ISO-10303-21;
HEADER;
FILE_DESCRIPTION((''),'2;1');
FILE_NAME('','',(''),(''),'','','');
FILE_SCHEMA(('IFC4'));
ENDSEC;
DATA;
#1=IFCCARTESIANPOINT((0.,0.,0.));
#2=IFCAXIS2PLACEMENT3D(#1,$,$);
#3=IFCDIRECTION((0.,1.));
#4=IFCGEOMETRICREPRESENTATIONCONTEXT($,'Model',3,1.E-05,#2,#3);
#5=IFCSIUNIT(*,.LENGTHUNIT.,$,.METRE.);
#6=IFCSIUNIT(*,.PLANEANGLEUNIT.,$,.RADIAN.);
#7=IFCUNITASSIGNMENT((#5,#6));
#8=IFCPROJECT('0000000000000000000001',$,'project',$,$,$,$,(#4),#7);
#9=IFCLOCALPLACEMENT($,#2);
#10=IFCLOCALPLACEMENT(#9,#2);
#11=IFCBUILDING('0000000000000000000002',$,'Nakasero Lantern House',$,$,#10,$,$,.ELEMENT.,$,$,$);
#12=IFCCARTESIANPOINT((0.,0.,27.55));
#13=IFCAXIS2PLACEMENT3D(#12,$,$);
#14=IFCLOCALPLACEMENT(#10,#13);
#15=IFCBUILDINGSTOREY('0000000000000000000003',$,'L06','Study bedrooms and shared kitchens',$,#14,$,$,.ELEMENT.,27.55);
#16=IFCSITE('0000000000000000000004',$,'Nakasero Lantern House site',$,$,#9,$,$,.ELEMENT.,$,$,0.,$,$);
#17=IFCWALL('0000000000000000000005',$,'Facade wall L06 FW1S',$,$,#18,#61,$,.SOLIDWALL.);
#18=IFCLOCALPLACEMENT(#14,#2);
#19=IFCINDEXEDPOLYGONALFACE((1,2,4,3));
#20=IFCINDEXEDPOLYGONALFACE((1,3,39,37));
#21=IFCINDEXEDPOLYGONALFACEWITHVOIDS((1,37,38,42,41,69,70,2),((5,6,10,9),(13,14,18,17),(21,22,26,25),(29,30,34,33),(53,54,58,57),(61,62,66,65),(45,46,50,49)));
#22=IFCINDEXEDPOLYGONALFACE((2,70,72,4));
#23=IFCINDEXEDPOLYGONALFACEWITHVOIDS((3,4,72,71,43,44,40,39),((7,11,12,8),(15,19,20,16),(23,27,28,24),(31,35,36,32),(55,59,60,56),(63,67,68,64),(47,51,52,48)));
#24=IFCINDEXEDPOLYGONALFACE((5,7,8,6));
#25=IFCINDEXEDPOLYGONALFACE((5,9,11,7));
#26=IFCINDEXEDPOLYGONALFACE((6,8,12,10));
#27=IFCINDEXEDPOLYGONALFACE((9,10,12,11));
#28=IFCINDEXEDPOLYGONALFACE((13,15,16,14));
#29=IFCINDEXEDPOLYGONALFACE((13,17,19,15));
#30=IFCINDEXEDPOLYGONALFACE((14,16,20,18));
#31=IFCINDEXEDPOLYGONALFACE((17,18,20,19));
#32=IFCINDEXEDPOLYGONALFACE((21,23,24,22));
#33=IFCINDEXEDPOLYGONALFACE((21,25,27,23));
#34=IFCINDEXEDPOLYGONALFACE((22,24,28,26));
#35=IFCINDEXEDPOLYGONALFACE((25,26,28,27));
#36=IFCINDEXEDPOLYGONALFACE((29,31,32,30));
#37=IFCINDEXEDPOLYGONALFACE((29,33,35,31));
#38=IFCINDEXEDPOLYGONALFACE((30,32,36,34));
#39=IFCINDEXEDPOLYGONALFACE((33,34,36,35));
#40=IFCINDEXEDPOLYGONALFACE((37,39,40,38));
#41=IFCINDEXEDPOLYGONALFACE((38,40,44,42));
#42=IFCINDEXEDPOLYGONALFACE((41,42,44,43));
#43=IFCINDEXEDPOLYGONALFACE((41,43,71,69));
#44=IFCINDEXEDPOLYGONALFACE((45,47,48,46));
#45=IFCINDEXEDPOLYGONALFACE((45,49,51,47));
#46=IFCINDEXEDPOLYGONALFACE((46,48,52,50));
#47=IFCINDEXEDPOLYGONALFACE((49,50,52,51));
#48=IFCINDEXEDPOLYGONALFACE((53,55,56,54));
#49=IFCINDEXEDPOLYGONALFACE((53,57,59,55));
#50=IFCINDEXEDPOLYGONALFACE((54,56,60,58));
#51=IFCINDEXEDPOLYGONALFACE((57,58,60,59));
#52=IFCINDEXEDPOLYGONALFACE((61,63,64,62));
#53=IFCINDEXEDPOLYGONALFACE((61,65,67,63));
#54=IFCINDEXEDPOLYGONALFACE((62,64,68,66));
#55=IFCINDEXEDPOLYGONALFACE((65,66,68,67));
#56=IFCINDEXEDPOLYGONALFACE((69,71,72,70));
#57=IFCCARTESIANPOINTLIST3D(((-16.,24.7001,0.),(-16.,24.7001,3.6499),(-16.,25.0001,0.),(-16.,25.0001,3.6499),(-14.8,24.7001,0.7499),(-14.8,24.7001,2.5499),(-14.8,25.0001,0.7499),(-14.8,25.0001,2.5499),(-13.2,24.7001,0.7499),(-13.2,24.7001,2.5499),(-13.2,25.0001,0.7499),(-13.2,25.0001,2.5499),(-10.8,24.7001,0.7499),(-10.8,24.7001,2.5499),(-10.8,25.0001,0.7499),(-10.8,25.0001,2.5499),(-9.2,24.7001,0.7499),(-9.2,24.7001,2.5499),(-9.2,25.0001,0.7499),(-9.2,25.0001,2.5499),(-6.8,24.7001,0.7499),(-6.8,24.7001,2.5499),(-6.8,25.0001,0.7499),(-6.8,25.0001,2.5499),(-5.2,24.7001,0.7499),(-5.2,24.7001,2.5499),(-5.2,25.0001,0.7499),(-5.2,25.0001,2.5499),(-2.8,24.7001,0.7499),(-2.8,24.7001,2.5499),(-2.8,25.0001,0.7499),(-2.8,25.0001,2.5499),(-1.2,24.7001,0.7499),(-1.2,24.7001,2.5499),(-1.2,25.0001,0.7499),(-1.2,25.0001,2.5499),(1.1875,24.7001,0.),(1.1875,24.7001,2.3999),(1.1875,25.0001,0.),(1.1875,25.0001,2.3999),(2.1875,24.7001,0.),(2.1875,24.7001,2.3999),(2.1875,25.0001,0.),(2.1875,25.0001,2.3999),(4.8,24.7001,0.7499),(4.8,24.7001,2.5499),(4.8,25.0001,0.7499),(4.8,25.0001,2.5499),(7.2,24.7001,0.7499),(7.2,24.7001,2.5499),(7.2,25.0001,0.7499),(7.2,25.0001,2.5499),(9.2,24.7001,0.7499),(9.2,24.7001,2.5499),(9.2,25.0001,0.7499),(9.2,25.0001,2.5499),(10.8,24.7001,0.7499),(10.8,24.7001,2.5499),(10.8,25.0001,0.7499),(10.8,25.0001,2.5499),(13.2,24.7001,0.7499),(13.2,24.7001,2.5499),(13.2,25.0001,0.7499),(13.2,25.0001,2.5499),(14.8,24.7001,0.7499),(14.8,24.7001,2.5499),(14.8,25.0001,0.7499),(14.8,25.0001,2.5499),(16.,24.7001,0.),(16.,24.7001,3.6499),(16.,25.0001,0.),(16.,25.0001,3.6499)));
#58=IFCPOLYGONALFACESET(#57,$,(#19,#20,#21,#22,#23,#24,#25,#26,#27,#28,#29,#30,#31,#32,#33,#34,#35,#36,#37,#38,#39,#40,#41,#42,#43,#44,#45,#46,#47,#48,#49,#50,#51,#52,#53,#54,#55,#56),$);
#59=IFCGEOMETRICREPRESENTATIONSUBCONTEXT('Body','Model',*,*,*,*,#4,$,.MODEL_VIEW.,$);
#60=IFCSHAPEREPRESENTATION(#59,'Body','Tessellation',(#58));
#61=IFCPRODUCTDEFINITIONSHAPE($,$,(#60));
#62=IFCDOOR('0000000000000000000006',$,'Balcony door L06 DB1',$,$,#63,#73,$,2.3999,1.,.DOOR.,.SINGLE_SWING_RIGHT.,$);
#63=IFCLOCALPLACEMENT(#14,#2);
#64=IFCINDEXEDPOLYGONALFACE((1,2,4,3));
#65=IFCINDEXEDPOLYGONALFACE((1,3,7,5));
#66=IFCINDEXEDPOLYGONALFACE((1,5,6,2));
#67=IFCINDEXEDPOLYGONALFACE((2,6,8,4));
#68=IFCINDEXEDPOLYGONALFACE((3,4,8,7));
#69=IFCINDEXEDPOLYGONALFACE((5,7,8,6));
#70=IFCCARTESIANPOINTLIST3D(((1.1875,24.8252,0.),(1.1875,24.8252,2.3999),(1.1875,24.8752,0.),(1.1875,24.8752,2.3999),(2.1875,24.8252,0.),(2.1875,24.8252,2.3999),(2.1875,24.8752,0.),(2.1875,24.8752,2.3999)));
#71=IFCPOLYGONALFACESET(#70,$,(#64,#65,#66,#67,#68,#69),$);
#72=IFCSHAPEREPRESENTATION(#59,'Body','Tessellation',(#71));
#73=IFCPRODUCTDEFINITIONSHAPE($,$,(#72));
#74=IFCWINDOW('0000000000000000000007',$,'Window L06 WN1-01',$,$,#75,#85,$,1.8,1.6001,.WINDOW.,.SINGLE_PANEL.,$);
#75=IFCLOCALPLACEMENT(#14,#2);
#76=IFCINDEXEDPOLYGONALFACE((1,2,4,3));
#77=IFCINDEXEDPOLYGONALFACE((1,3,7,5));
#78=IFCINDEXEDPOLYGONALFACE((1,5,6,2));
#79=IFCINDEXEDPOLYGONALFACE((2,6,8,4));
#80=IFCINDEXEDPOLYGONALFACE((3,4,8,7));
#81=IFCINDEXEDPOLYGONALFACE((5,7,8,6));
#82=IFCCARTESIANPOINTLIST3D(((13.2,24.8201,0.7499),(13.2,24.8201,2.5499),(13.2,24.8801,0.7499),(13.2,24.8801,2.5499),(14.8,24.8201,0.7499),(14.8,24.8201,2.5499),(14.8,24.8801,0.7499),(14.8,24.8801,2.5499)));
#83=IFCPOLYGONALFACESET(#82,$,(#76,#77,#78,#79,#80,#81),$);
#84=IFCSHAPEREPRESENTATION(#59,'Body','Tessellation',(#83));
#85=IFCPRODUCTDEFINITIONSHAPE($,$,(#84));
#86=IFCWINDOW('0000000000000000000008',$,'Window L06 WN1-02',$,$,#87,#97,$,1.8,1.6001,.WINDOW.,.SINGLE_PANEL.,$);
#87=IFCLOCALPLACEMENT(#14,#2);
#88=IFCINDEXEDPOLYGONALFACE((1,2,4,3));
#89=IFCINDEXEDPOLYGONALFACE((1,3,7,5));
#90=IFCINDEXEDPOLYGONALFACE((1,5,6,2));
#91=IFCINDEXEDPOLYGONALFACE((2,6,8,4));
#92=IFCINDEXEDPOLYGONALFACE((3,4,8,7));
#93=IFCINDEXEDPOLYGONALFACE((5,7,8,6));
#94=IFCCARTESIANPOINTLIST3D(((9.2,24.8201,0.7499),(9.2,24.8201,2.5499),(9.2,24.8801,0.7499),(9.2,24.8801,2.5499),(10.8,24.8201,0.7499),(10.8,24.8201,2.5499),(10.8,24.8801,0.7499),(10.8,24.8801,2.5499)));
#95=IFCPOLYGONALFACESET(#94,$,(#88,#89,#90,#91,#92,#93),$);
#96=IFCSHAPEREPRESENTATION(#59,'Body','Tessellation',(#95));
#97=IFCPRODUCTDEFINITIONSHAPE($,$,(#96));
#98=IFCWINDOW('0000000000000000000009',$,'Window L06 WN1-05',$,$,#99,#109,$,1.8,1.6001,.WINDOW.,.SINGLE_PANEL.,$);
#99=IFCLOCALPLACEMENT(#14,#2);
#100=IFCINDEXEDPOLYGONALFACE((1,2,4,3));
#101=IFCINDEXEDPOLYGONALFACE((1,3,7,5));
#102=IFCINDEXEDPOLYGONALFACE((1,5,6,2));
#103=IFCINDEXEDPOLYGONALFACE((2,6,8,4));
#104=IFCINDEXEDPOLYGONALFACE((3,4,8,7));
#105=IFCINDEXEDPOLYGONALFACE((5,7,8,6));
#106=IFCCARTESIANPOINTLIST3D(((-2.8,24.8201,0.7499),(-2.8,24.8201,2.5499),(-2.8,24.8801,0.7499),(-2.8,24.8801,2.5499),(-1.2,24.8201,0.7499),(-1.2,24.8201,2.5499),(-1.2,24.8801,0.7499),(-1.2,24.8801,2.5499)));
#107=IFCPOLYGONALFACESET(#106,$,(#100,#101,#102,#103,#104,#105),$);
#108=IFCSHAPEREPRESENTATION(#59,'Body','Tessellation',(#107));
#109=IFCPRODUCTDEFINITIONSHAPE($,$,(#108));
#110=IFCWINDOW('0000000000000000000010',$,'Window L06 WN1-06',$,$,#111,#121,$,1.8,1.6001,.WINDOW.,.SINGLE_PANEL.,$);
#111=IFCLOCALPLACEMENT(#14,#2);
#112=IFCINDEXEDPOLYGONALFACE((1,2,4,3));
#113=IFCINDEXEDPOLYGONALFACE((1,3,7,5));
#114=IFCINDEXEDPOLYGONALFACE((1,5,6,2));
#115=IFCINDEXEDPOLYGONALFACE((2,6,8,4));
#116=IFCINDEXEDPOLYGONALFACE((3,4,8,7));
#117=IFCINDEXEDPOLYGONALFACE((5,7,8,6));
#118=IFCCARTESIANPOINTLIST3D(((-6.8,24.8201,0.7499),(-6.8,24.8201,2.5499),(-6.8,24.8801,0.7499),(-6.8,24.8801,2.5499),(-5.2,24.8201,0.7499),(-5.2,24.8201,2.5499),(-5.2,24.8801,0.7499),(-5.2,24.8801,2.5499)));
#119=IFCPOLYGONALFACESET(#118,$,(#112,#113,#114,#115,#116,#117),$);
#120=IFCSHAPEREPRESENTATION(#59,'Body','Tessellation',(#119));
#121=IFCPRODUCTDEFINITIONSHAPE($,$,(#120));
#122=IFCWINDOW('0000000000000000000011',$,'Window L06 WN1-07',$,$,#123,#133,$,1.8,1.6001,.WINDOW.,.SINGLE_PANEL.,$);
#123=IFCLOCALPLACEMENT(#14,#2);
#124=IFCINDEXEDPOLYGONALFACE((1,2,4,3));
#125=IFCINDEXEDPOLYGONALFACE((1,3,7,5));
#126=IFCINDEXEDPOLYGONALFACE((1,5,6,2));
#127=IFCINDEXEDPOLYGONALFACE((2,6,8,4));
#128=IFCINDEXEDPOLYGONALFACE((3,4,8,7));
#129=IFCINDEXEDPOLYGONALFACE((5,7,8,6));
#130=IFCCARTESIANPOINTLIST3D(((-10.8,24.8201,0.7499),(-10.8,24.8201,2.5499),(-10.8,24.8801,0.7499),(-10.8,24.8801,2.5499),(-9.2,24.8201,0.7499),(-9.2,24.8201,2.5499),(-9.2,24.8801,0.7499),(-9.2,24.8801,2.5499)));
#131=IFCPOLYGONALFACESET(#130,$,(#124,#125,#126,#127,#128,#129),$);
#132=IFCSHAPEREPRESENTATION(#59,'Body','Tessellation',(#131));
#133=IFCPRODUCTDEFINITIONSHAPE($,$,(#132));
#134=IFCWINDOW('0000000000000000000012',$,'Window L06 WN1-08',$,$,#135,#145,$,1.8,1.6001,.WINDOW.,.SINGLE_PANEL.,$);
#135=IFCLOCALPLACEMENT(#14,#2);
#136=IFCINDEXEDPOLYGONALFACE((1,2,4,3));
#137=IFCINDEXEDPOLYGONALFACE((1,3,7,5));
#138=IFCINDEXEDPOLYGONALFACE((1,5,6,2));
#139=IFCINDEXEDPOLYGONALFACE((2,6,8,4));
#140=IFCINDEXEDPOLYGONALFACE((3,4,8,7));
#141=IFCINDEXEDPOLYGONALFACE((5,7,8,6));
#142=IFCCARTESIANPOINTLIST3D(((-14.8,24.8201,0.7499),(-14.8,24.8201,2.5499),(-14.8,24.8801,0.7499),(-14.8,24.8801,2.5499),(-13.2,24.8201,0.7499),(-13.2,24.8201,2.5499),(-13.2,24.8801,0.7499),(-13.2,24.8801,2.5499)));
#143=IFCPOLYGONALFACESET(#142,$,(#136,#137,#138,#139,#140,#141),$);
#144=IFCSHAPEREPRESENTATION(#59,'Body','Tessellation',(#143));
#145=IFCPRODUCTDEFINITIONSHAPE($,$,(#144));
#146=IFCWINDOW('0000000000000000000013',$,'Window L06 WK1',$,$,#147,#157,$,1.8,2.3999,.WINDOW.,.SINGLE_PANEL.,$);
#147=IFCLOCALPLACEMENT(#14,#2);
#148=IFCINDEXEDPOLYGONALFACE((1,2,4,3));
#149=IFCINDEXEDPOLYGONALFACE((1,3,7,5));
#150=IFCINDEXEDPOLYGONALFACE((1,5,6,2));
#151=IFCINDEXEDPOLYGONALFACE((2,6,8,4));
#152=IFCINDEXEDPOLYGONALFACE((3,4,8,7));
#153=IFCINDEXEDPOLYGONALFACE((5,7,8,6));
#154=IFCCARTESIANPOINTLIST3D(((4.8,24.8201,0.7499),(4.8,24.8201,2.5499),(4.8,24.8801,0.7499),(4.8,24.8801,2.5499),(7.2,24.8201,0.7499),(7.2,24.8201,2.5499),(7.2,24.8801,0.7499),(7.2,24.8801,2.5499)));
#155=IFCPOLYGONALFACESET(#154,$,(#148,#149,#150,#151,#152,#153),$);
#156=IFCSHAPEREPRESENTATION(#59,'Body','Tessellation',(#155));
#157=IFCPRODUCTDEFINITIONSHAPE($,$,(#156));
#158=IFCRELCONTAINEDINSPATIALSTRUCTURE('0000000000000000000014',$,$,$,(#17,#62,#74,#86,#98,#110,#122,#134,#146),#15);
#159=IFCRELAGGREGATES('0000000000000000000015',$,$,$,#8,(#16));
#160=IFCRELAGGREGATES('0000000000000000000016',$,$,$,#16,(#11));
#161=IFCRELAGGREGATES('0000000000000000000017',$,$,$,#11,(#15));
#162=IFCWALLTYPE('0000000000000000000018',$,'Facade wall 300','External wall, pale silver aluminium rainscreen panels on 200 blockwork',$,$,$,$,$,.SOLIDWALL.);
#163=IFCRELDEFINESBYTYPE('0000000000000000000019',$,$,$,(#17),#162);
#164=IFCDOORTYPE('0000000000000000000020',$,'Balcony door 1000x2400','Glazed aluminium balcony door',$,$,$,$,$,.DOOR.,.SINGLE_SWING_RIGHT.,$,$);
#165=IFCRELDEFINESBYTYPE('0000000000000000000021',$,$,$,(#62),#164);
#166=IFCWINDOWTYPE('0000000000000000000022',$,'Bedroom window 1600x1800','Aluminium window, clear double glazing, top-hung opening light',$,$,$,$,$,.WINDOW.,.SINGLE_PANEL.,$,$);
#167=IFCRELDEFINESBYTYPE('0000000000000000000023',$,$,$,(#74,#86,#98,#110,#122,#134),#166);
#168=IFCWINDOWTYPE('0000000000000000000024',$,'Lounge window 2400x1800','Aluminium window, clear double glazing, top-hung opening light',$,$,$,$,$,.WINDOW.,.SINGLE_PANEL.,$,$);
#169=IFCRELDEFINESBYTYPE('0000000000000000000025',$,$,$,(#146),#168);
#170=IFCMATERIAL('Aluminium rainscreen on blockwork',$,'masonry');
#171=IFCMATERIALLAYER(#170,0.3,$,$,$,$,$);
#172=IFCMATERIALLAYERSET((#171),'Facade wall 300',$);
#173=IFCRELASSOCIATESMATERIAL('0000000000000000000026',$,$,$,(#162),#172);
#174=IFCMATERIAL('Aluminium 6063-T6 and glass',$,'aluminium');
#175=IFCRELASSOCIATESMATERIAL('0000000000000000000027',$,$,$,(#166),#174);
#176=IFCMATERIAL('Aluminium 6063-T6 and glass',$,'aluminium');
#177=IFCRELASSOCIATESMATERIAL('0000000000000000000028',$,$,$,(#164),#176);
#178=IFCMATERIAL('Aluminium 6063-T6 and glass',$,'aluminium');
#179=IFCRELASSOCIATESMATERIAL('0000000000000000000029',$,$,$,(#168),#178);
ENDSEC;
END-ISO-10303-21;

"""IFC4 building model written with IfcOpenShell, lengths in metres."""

from ifc_helpers import new_model, si_unit, direction, frame, frame_2d, origin, place, context, subcontext, project, spatial, rectangle, extrude, material, layer, layer_set, type_object, element, fill, save


model = new_model("IFC4")

# Units and contexts
model_context = context("Model", 3, precision=1e-05, world=origin(), true_north=direction((0.0, 1.0)))
body_context = subcontext(model_context, "Body", "Model", "MODEL_VIEW")
ifc_project = project(units=[si_unit("LENGTHUNIT", "METRE"), si_unit("PLANEANGLEUNIT", "RADIAN")], contexts=[model_context])

# Site, building, storey
site_placement = place(None, origin())
site = spatial("IfcSite", under=ifc_project, at=site_placement, Name="Nakasero Lantern House site", CompositionType="ELEMENT", RefElevation=0.0)
building_placement = place(site_placement, origin())
building = spatial("IfcBuilding", under=site, at=building_placement, Name="Nakasero Lantern House", CompositionType="ELEMENT")
storey_placement = place(building_placement, frame((0.0, 0.0, 27.55)))
storey = spatial("IfcBuildingStorey", under=building, at=storey_placement, Name="L06", Description="Study bedrooms and shared kitchens", CompositionType="ELEMENT", Elevation=27.55)

# Shared definitions
ifc_material_1 = material(Name="Aluminium rainscreen on blockwork", Category="masonry")
ifc_layer_1 = layer(ifc_material_1, 0.3)
ifc_layer_set_1 = layer_set([ifc_layer_1], Name="Facade wall 300")
wall_type_1 = type_object("IfcWallType", Name="Facade wall 300", Description="External wall, pale silver aluminium rainscreen panels on 200 blockwork", PredefinedType="SOLIDWALL", material=ifc_layer_set_1)
ifc_material_2 = material(Name="Aluminium 6063-T6 and glass", Category="aluminium")
window_type_1 = type_object("IfcWindowType", Name="Bedroom window 1600x1800", Description="Aluminium window, clear double glazing, top-hung opening light", PartitioningType="SINGLE_PANEL", PredefinedType="WINDOW", material=ifc_material_2)

# Wall, openings, door, windows
wall_1_placement = place(storey_placement, frame((16.0, 24.8501, 0.0), z_axis=(0.0, 0.0, 1.0), x_axis=(-1.0, 0.0, 0.0)))
wall_1 = element("IfcWall", 1, at=wall_1_placement, inside=storey, type_object=wall_type_1, Name="Facade wall L06 FW1S", PredefinedType="SOLIDWALL", context=body_context, shape_type="SweptSolid", body=[
    extrude(rectangle(XDim=32.0, YDim=0.3, at=frame_2d((16.0, 0.0))), origin(), (0.0, 0.0, 1.0), 3.6499),
])
opening_1_placement = place(wall_1_placement, frame((1.2, 0.0, 0.75)))
opening_1 = element("IfcOpeningElement", 2, at=opening_1_placement, cuts=wall_1, PredefinedType="OPENING", context=body_context, shape_type="SweptSolid", body=[
    extrude(rectangle(XDim=1.6001, YDim=1.8, at=frame_2d((0.8, 0.8999))), frame((0.0, 0.1699, 0.0), z_axis=(0.0, -1.0, 0.0), x_axis=(1.0, 0.0, 0.0)), (0.0, 0.0, 1.0), 0.3401),
])
opening_2_placement = place(wall_1_placement, frame((5.2, 0.0, 0.75)))
opening_2 = element("IfcOpeningElement", 3, at=opening_2_placement, cuts=wall_1, PredefinedType="OPENING", context=body_context, shape_type="SweptSolid", body=[
    extrude(rectangle(XDim=1.6001, YDim=1.8, at=frame_2d((0.8, 0.8999))), frame((0.0, 0.1699, 0.0), z_axis=(0.0, -1.0, 0.0), x_axis=(1.0, 0.0, 0.0)), (0.0, 0.0, 1.0), 0.3401),
])
opening_3_placement = place(wall_1_placement, frame((17.2, 0.0, 0.75)))
opening_3 = element("IfcOpeningElement", 4, at=opening_3_placement, cuts=wall_1, PredefinedType="OPENING", context=body_context, shape_type="SweptSolid", body=[
    extrude(rectangle(XDim=1.6001, YDim=1.8, at=frame_2d((0.8, 0.8999))), frame((0.0, 0.1699, 0.0), z_axis=(0.0, -1.0, 0.0), x_axis=(1.0, 0.0, 0.0)), (0.0, 0.0, 1.0), 0.3401),
])
opening_4_placement = place(wall_1_placement, frame((21.2, 0.0, 0.75)))
opening_4 = element("IfcOpeningElement", 5, at=opening_4_placement, cuts=wall_1, PredefinedType="OPENING", context=body_context, shape_type="SweptSolid", body=[
    extrude(rectangle(XDim=1.6001, YDim=1.8, at=frame_2d((0.8, 0.8999))), frame((0.0, 0.1699, 0.0), z_axis=(0.0, -1.0, 0.0), x_axis=(1.0, 0.0, 0.0)), (0.0, 0.0, 1.0), 0.3401),
])
opening_5_placement = place(wall_1_placement, frame((25.2, 0.0, 0.75)))
opening_5 = element("IfcOpeningElement", 6, at=opening_5_placement, cuts=wall_1, PredefinedType="OPENING", context=body_context, shape_type="SweptSolid", body=[
    extrude(rectangle(XDim=1.6001, YDim=1.8, at=frame_2d((0.8, 0.8999))), frame((0.0, 0.1699, 0.0), z_axis=(0.0, -1.0, 0.0), x_axis=(1.0, 0.0, 0.0)), (0.0, 0.0, 1.0), 0.3401),
])
opening_6_placement = place(wall_1_placement, frame((29.2, 0.0, 0.75)))
opening_6 = element("IfcOpeningElement", 7, at=opening_6_placement, cuts=wall_1, PredefinedType="OPENING", context=body_context, shape_type="SweptSolid", body=[
    extrude(rectangle(XDim=1.6001, YDim=1.8, at=frame_2d((0.8, 0.8999))), frame((0.0, 0.1699, 0.0), z_axis=(0.0, -1.0, 0.0), x_axis=(1.0, 0.0, 0.0)), (0.0, 0.0, 1.0), 0.3401),
])
opening_7_placement = place(wall_1_placement, frame((8.8, 0.0, 0.75)))
opening_7 = element("IfcOpeningElement", 8, at=opening_7_placement, cuts=wall_1, PredefinedType="OPENING", context=body_context, shape_type="SweptSolid", body=[
    extrude(rectangle(XDim=2.3999, YDim=1.8, at=frame_2d((1.2, 0.8999))), frame((0.0, 0.1699, 0.0), z_axis=(0.0, -1.0, 0.0), x_axis=(1.0, 0.0, 0.0)), (0.0, 0.0, 1.0), 0.3401),
])
opening_8_placement = place(wall_1_placement, frame((13.8125, 0.0, 0.0)))
opening_8 = element("IfcOpeningElement", 9, at=opening_8_placement, cuts=wall_1, PredefinedType="OPENING", context=body_context, shape_type="SweptSolid", body=[
    extrude(rectangle(XDim=1.0, YDim=2.3999, at=frame_2d((0.5, 1.2))), frame((0.0, 0.1699, 0.0), z_axis=(0.0, -1.0, 0.0), x_axis=(1.0, 0.0, 0.0)), (0.0, 0.0, 1.0), 0.3401),
])
ifc_material_3 = material(Name="Aluminium 6063-T6 and glass", Category="aluminium")
door_type_1 = type_object("IfcDoorType", Name="Balcony door 1000x2400", Description="Glazed aluminium balcony door", OperationType="SINGLE_SWING_RIGHT", PredefinedType="DOOR", material=ifc_material_3)
door_1_placement = place(opening_8_placement, origin())
door_1 = element("IfcDoor", 10, at=door_1_placement, inside=storey, type_object=door_type_1, Name="Balcony door L06 DB1", OperationType="SINGLE_SWING_RIGHT", OverallHeight=2.3999, OverallWidth=1.0, PredefinedType="DOOR", context=body_context, shape_type="SweptSolid", body=[
    extrude(rectangle(XDim=1.0, YDim=2.3999, at=frame_2d((0.5, 1.2))), frame((0.0, 0.0249, 0.0), z_axis=(0.0, -1.0, 0.0), x_axis=(1.0, 0.0, 0.0)), (0.0, 0.0, 1.0), 0.05),
])
fill(opening_8, door_1)
window_1_placement = place(opening_1_placement, origin())
window_1 = element("IfcWindow", 11, at=window_1_placement, inside=storey, type_object=window_type_1, Name="Window L06 WN1-01", OverallHeight=1.8, OverallWidth=1.6001, PartitioningType="SINGLE_PANEL", PredefinedType="WINDOW", context=body_context, shape_type="SweptSolid", body=[
    extrude(rectangle(XDim=1.6001, YDim=1.8, at=frame_2d((0.8, 0.8999))), frame((0.0, 0.03, 0.0), z_axis=(0.0, -1.0, 0.0), x_axis=(1.0, 0.0, 0.0)), (0.0, 0.0, 1.0), 0.0601),
])
fill(opening_1, window_1)
window_2_placement = place(opening_2_placement, origin())
window_2 = element("IfcWindow", 12, at=window_2_placement, inside=storey, type_object=window_type_1, Name="Window L06 WN1-02", OverallHeight=1.8, OverallWidth=1.6001, PartitioningType="SINGLE_PANEL", PredefinedType="WINDOW", context=body_context, shape_type="SweptSolid", body=[
    extrude(rectangle(XDim=1.6001, YDim=1.8, at=frame_2d((0.8, 0.8999))), frame((0.0, 0.03, 0.0), z_axis=(0.0, -1.0, 0.0), x_axis=(1.0, 0.0, 0.0)), (0.0, 0.0, 1.0), 0.0601),
])
fill(opening_2, window_2)
window_3_placement = place(opening_3_placement, origin())
window_3 = element("IfcWindow", 13, at=window_3_placement, inside=storey, type_object=window_type_1, Name="Window L06 WN1-05", OverallHeight=1.8, OverallWidth=1.6001, PartitioningType="SINGLE_PANEL", PredefinedType="WINDOW", context=body_context, shape_type="SweptSolid", body=[
    extrude(rectangle(XDim=1.6001, YDim=1.8, at=frame_2d((0.8, 0.8999))), frame((0.0, 0.03, 0.0), z_axis=(0.0, -1.0, 0.0), x_axis=(1.0, 0.0, 0.0)), (0.0, 0.0, 1.0), 0.0601),
])
fill(opening_3, window_3)
window_4_placement = place(opening_4_placement, origin())
window_4 = element("IfcWindow", 14, at=window_4_placement, inside=storey, type_object=window_type_1, Name="Window L06 WN1-06", OverallHeight=1.8, OverallWidth=1.6001, PartitioningType="SINGLE_PANEL", PredefinedType="WINDOW", context=body_context, shape_type="SweptSolid", body=[
    extrude(rectangle(XDim=1.6001, YDim=1.8, at=frame_2d((0.8, 0.8999))), frame((0.0, 0.03, 0.0), z_axis=(0.0, -1.0, 0.0), x_axis=(1.0, 0.0, 0.0)), (0.0, 0.0, 1.0), 0.0601),
])
fill(opening_4, window_4)
window_5_placement = place(opening_5_placement, origin())
window_5 = element("IfcWindow", 15, at=window_5_placement, inside=storey, type_object=window_type_1, Name="Window L06 WN1-07", OverallHeight=1.8, OverallWidth=1.6001, PartitioningType="SINGLE_PANEL", PredefinedType="WINDOW", context=body_context, shape_type="SweptSolid", body=[
    extrude(rectangle(XDim=1.6001, YDim=1.8, at=frame_2d((0.8, 0.8999))), frame((0.0, 0.03, 0.0), z_axis=(0.0, -1.0, 0.0), x_axis=(1.0, 0.0, 0.0)), (0.0, 0.0, 1.0), 0.0601),
])
fill(opening_5, window_5)
window_6_placement = place(opening_6_placement, origin())
window_6 = element("IfcWindow", 16, at=window_6_placement, inside=storey, type_object=window_type_1, Name="Window L06 WN1-08", OverallHeight=1.8, OverallWidth=1.6001, PartitioningType="SINGLE_PANEL", PredefinedType="WINDOW", context=body_context, shape_type="SweptSolid", body=[
    extrude(rectangle(XDim=1.6001, YDim=1.8, at=frame_2d((0.8, 0.8999))), frame((0.0, 0.03, 0.0), z_axis=(0.0, -1.0, 0.0), x_axis=(1.0, 0.0, 0.0)), (0.0, 0.0, 1.0), 0.0601),
])
fill(opening_6, window_6)
ifc_material_4 = material(Name="Aluminium 6063-T6 and glass", Category="aluminium")
window_type_2 = type_object("IfcWindowType", Name="Lounge window 2400x1800", Description="Aluminium window, clear double glazing, top-hung opening light", PartitioningType="SINGLE_PANEL", PredefinedType="WINDOW", material=ifc_material_4)
window_7_placement = place(opening_7_placement, origin())
window_7 = element("IfcWindow", 17, at=window_7_placement, inside=storey, type_object=window_type_2, Name="Window L06 WK1", OverallHeight=1.8, OverallWidth=2.3999, PartitioningType="SINGLE_PANEL", PredefinedType="WINDOW", context=body_context, shape_type="SweptSolid", body=[
    extrude(rectangle(XDim=2.3999, YDim=1.8, at=frame_2d((1.2, 0.8999))), frame((0.0, 0.03, 0.0), z_axis=(0.0, -1.0, 0.0), x_axis=(1.0, 0.0, 0.0)), (0.0, 0.0, 1.0), 0.0601),
])
fill(opening_7, window_7)

save(model, "model.ifc")
